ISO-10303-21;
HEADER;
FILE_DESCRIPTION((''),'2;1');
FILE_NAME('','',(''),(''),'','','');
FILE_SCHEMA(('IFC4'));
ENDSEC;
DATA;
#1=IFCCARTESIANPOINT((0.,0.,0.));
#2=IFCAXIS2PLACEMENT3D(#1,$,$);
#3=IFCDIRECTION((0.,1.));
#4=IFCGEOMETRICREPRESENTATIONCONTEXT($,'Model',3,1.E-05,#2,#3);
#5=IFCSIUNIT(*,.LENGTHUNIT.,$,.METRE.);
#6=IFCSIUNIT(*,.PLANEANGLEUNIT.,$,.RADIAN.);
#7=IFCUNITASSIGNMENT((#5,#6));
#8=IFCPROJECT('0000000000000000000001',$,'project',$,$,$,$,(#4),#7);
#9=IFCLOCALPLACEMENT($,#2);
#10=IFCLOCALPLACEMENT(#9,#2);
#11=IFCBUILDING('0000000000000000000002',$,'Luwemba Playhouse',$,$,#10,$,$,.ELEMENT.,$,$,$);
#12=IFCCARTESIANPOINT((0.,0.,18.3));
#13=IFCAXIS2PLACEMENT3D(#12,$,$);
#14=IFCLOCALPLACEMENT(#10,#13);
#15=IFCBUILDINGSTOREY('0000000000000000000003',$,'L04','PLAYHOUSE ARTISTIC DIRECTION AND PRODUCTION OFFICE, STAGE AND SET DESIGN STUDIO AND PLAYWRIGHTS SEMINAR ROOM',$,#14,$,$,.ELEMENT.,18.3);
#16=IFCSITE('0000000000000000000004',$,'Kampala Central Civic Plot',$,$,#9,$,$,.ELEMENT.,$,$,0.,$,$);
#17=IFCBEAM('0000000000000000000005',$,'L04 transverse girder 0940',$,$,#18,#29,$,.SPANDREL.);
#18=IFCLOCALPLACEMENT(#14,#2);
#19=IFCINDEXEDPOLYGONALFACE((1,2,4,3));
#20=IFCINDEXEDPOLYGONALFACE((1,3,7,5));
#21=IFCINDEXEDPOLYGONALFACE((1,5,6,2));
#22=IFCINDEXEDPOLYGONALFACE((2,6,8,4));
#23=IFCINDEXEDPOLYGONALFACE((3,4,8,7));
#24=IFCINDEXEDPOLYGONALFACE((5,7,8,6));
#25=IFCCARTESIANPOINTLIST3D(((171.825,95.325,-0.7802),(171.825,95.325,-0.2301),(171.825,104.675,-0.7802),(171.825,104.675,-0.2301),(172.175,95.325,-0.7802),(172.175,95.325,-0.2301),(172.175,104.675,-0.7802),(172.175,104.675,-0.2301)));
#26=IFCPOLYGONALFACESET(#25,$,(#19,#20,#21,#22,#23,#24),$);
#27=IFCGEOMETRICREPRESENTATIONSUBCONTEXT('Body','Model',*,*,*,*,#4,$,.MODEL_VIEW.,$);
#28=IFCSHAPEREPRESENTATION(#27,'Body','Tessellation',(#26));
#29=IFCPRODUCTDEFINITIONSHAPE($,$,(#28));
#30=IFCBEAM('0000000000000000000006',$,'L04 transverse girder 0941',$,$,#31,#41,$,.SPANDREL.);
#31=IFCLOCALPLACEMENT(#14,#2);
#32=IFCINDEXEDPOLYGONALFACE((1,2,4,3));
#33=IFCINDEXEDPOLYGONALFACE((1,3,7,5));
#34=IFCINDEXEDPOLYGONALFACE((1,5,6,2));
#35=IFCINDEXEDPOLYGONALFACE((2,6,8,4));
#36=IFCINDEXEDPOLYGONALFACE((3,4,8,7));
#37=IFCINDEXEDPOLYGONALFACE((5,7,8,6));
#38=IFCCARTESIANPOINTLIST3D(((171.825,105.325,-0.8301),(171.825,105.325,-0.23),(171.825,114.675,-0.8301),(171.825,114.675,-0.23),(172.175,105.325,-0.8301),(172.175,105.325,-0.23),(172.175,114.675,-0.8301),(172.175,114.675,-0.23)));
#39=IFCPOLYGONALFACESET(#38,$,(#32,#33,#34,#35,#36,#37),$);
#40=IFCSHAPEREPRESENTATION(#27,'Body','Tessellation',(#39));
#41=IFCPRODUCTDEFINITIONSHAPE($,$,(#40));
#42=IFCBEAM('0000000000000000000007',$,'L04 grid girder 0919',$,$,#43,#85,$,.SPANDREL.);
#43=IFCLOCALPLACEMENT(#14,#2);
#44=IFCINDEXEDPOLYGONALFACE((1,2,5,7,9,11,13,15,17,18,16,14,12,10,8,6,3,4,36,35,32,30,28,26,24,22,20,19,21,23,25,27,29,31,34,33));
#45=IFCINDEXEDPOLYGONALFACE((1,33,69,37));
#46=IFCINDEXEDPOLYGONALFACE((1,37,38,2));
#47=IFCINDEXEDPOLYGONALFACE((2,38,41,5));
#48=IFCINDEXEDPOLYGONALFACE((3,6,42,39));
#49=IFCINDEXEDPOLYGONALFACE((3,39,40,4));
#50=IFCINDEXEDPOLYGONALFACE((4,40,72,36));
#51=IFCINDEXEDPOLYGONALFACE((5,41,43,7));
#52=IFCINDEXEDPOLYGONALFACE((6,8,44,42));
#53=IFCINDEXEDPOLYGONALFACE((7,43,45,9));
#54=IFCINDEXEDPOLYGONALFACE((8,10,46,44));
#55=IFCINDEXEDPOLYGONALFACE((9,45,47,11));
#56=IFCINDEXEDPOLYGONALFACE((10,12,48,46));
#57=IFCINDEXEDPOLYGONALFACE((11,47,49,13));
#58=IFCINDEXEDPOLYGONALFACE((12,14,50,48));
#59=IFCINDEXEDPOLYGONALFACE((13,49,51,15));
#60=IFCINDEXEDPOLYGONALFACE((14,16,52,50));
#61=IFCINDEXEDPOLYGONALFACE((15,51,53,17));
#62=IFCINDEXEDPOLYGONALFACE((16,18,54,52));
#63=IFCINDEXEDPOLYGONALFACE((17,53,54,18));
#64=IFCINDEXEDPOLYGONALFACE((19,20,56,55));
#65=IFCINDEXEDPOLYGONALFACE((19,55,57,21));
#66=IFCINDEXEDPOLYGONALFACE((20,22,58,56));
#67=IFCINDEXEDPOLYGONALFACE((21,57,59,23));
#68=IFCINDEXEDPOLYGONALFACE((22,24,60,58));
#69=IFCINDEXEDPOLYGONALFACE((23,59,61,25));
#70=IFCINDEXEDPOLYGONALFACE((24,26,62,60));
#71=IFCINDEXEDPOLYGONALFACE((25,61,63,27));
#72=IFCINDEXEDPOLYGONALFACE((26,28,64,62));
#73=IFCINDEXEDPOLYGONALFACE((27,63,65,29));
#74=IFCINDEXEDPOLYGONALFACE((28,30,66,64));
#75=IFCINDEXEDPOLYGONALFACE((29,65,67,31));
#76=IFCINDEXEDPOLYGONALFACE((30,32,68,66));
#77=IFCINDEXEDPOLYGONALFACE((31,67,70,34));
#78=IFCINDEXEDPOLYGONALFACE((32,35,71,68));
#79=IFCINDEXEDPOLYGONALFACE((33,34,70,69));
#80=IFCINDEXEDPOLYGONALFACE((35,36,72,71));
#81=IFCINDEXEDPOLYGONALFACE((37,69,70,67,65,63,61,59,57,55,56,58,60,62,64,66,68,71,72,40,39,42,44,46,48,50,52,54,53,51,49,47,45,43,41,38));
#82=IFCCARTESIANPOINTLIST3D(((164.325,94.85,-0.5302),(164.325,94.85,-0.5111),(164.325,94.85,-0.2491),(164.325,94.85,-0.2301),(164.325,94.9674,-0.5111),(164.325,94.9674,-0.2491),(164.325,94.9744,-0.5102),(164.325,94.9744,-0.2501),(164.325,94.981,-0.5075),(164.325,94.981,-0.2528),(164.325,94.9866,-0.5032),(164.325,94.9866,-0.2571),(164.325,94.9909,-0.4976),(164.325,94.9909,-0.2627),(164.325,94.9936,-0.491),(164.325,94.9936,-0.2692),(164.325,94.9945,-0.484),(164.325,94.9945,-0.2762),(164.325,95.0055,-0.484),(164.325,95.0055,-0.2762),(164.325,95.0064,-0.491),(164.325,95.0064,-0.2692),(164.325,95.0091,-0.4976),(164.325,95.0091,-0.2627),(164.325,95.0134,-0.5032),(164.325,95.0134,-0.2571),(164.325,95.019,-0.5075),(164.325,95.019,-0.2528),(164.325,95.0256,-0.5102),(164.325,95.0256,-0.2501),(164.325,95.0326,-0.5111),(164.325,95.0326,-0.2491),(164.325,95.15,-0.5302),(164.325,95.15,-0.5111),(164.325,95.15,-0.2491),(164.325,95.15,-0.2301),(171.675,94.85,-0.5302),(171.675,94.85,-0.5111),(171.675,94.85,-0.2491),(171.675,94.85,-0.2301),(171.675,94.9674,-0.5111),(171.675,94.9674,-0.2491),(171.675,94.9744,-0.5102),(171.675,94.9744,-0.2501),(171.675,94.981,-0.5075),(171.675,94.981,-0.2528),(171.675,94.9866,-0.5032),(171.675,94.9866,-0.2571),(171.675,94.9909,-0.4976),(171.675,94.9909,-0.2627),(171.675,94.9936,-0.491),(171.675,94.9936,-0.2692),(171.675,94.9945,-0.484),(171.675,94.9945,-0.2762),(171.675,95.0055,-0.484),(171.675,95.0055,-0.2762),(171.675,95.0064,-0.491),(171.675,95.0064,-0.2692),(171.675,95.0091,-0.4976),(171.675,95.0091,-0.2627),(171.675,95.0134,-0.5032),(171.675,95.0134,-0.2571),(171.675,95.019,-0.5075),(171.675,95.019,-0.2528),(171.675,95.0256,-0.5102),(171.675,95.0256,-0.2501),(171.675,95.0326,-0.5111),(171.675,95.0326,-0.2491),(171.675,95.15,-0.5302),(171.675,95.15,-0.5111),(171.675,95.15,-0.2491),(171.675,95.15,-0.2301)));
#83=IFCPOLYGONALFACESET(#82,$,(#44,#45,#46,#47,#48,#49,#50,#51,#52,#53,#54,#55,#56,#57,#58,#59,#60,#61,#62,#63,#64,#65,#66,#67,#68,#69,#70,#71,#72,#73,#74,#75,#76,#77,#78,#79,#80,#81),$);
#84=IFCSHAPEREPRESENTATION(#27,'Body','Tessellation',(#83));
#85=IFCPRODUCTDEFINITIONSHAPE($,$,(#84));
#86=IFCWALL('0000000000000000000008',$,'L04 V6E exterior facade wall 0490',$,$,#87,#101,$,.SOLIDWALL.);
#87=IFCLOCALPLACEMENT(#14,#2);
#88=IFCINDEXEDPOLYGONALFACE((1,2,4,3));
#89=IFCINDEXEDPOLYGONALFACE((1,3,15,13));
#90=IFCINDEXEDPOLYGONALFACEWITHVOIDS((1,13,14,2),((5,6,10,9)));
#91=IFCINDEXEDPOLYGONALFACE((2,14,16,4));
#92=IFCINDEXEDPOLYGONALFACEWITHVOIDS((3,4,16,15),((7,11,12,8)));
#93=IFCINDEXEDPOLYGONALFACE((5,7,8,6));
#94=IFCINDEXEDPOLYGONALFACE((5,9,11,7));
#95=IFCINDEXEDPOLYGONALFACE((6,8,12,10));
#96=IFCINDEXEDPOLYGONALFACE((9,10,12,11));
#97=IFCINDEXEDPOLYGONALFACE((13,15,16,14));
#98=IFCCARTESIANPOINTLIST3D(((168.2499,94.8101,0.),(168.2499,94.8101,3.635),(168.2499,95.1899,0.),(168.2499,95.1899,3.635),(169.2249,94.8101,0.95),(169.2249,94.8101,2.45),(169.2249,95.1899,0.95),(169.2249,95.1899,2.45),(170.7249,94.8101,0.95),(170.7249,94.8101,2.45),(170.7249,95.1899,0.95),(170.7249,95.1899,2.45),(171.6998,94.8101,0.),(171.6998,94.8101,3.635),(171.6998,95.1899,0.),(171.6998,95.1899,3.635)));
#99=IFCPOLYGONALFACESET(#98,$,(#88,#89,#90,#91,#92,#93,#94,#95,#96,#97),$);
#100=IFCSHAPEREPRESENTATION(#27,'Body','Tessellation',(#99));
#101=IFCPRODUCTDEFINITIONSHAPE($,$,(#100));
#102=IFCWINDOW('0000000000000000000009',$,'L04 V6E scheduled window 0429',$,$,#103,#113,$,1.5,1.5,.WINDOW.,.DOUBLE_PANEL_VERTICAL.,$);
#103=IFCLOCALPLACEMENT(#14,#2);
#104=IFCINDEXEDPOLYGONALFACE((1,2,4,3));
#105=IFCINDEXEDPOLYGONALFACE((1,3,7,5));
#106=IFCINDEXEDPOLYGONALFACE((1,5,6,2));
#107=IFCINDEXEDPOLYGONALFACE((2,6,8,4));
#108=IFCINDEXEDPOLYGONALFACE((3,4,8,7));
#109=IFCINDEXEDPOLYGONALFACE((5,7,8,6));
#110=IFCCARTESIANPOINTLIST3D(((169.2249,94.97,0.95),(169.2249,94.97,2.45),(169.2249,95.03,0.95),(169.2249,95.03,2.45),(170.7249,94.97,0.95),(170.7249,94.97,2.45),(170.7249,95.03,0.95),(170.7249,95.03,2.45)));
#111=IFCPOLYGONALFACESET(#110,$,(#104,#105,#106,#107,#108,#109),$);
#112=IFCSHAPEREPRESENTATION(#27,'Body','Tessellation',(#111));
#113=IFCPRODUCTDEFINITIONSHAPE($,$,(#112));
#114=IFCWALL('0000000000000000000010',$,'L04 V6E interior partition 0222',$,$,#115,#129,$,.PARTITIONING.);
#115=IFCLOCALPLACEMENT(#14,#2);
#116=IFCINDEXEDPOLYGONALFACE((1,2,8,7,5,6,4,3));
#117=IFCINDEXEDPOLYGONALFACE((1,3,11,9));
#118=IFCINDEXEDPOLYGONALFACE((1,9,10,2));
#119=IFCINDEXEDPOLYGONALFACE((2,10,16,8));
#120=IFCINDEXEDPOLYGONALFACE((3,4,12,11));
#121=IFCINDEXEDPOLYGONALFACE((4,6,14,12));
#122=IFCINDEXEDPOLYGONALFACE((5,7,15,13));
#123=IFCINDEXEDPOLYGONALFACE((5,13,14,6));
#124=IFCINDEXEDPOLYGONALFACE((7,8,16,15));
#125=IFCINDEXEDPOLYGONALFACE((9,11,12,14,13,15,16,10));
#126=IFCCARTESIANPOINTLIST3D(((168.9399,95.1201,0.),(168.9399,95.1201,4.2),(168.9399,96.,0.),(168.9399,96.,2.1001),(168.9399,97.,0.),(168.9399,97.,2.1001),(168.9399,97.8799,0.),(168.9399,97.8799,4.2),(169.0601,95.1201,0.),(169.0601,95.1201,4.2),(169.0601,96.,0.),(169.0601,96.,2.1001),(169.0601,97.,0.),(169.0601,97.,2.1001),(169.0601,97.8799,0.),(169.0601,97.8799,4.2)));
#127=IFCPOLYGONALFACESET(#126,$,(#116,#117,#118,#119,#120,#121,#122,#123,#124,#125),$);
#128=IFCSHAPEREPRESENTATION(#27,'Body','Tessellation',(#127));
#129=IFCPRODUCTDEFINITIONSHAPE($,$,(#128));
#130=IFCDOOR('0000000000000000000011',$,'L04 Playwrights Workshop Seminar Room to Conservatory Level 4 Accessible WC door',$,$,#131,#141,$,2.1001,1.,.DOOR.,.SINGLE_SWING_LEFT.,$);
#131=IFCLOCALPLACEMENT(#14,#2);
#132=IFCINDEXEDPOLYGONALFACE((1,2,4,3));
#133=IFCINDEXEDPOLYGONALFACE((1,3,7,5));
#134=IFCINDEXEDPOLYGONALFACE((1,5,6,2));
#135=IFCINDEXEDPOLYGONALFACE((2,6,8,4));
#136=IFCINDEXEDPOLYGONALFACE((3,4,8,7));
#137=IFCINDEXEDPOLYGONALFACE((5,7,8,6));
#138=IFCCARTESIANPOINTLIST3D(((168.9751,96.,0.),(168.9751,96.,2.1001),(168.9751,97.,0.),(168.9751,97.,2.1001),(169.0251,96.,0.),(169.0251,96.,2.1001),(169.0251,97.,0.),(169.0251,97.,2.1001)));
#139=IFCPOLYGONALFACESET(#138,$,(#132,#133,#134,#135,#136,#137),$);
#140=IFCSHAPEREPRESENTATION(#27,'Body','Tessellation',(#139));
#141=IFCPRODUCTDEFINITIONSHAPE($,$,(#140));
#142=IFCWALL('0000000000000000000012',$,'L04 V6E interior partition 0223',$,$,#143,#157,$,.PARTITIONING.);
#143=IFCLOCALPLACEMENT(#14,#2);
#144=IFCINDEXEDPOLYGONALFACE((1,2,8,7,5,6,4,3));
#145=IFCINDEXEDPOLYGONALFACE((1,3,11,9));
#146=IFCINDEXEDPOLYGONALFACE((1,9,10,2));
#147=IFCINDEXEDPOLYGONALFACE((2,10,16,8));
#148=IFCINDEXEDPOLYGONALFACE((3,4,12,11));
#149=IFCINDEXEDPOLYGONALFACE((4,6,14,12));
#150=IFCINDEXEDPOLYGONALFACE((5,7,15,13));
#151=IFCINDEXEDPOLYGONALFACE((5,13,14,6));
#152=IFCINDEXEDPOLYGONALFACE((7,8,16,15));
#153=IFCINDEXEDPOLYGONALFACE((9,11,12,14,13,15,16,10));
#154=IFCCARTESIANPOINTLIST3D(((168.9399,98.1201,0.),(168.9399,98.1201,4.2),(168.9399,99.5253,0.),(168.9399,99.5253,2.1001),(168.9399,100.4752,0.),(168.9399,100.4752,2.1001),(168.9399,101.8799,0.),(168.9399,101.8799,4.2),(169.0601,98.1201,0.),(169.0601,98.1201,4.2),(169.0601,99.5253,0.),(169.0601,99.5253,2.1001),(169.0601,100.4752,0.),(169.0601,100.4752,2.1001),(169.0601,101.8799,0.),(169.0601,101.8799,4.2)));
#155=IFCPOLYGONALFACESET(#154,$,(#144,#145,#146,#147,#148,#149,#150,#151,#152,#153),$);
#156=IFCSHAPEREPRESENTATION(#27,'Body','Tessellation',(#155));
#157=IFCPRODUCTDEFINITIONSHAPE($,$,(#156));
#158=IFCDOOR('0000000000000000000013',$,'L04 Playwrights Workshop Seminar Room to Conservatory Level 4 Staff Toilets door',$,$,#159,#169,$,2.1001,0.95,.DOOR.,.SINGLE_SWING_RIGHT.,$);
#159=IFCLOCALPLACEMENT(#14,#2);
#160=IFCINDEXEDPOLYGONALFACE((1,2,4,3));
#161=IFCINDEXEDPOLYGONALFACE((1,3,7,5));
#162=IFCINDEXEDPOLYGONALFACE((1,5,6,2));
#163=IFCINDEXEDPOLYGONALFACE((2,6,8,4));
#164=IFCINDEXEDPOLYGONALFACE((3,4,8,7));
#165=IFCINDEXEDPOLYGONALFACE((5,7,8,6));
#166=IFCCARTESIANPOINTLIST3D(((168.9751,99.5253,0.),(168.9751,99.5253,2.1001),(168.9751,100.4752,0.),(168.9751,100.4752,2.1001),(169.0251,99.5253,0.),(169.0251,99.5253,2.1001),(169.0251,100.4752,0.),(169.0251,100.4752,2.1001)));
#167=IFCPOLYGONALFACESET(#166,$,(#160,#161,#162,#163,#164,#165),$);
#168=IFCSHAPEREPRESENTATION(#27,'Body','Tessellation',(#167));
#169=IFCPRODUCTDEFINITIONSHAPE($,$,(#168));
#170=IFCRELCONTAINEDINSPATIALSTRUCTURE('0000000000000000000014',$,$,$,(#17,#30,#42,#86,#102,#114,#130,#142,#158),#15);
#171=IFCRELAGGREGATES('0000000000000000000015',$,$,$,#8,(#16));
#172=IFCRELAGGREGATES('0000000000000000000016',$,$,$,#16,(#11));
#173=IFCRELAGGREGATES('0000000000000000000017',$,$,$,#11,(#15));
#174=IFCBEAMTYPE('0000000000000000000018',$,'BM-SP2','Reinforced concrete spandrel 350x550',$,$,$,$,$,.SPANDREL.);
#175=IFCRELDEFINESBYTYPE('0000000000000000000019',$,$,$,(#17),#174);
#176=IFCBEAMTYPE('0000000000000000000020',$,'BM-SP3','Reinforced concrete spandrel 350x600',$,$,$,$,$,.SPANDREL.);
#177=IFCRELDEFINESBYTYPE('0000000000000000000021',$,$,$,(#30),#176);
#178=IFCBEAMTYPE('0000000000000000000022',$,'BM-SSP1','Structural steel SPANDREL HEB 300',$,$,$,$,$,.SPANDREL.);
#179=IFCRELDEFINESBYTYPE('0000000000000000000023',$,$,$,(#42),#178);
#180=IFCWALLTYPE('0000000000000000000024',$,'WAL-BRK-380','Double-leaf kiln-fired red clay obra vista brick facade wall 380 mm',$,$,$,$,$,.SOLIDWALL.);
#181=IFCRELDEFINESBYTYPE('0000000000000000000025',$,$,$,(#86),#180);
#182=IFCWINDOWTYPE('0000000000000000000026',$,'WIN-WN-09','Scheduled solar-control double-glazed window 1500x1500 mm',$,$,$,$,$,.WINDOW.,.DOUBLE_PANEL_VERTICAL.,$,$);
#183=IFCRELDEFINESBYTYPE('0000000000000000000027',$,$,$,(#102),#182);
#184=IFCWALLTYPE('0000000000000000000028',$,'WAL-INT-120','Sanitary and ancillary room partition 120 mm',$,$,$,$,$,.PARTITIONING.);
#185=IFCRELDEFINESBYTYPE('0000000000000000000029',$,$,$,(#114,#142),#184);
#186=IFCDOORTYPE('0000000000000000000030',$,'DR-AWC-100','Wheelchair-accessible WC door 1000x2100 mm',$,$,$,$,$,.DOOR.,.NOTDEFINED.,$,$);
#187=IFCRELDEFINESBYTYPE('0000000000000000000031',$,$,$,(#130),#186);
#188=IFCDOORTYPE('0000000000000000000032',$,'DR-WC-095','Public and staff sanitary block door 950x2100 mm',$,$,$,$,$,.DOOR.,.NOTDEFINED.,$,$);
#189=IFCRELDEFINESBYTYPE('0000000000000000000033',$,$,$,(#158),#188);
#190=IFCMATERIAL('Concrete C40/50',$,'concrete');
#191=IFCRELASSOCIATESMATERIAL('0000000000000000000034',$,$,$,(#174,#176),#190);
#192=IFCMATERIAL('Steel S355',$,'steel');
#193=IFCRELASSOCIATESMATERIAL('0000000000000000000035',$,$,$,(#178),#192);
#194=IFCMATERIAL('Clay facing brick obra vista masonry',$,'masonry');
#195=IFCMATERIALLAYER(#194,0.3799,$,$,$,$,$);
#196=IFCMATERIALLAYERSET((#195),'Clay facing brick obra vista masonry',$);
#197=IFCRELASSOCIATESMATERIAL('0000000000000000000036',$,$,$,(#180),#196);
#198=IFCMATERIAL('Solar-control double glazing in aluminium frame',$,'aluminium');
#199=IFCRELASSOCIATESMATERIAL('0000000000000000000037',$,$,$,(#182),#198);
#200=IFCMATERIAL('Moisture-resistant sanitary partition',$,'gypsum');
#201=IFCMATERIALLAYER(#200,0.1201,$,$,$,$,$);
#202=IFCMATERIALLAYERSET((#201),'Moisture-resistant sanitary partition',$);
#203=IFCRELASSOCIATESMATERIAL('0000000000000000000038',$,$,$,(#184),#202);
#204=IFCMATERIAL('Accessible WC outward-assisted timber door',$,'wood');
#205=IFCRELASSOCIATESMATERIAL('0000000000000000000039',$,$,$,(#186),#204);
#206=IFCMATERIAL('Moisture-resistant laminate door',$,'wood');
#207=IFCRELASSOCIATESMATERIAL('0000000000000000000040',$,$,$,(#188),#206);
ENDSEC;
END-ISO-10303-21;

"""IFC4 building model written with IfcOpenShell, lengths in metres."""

from ifc_helpers import new_model, si_unit, direction, frame, frame_2d, origin, origin_2d, place, context, subcontext, project, spatial, rectangle, i_section, extrude, material, layer, layer_set, material_profile, profile_set, type_object, element, fill, save


model = new_model("IFC4")

# Units and contexts
model_context = context("Model", 3, precision=1e-05, world=origin(), true_north=direction((0.0, 1.0)))
body_context = subcontext(model_context, "Body", "Model", "MODEL_VIEW")
ifc_project = project(units=[si_unit("LENGTHUNIT", "METRE"), si_unit("PLANEANGLEUNIT", "RADIAN")], contexts=[model_context])

# Site, building, storey
site_placement = place(None, origin())
site = spatial("IfcSite", under=ifc_project, at=site_placement, Name="Kampala Central Civic Plot", CompositionType="ELEMENT", RefElevation=0.0)
building_placement = place(site_placement, origin())
building = spatial("IfcBuilding", under=site, at=building_placement, Name="Luwemba Playhouse", CompositionType="ELEMENT")
storey_placement = place(building_placement, frame((0.0, 0.0, 18.3)))
storey = spatial("IfcBuildingStorey", under=building, at=storey_placement, Name="L04", Description="PLAYHOUSE ARTISTIC DIRECTION AND PRODUCTION OFFICE, STAGE AND SET DESIGN STUDIO AND PLAYWRIGHTS SEMINAR ROOM", CompositionType="ELEMENT", Elevation=18.3)

# Shared definitions
ifc_material_1 = material(Name="Concrete C40/50", Category="concrete")

# Beams
ifc_material_2 = material(Name="Steel S355", Category="steel")
ifc_material_profile_1 = material_profile(ifc_material_1, rectangle(XDim=0.3501, YDim=0.55, at=origin_2d()))
ifc_profile_set_1 = profile_set([ifc_material_profile_1], Name="Concrete C40/50")
beam_type_1 = type_object("IfcBeamType", Name="BM-SP2", Description="Reinforced concrete spandrel 350x550", PredefinedType="SPANDREL", material=ifc_profile_set_1)
beam_1_placement = place(storey_placement, frame((172.0, 95.325, -0.5051), z_axis=(0.0, 1.0, 0.0), x_axis=(-1.0, 0.0, 0.0)))
element("IfcBeam", 1, at=beam_1_placement, inside=storey, type_object=beam_type_1, Name="L04 transverse girder 0940", PredefinedType="SPANDREL", context=body_context, shape_type="SweptSolid", body=[
    extrude(rectangle(XDim=0.3501, YDim=0.55, at=origin_2d()), origin(), (0.0, 0.0, 1.0), 9.3501),
])
ifc_material_profile_2 = material_profile(ifc_material_1, rectangle(XDim=0.3501, YDim=0.6001, at=origin_2d()))
ifc_profile_set_2 = profile_set([ifc_material_profile_2], Name="Concrete C40/50")
beam_type_2 = type_object("IfcBeamType", Name="BM-SP3", Description="Reinforced concrete spandrel 350x600", PredefinedType="SPANDREL", material=ifc_profile_set_2)
beam_2_placement = place(storey_placement, frame((172.0, 105.325, -0.53), z_axis=(0.0, 1.0, 0.0), x_axis=(-1.0, 0.0, 0.0)))
element("IfcBeam", 2, at=beam_2_placement, inside=storey, type_object=beam_type_2, Name="L04 transverse girder 0941", PredefinedType="SPANDREL", context=body_context, shape_type="SweptSolid", body=[
    extrude(rectangle(XDim=0.3501, YDim=0.6001, at=origin_2d()), origin(), (0.0, 0.0, 1.0), 9.3501),
])
ifc_material_profile_3 = material_profile(ifc_material_2, i_section(OverallWidth=0.3, OverallDepth=0.3, WebThickness=0.011, FlangeThickness=0.019, FilletRadius=0.0271, at=origin_2d()))
ifc_profile_set_3 = profile_set([ifc_material_profile_3], Name="Steel S355")
beam_type_3 = type_object("IfcBeamType", Name="BM-SSP1", Description="Structural steel SPANDREL HEB 300", PredefinedType="SPANDREL", material=ifc_profile_set_3)
beam_3_placement = place(storey_placement, frame((164.325, 95.0, -0.3801), z_axis=(1.0, 0.0, 0.0), x_axis=(0.0, 1.0, 0.0)))
element("IfcBeam", 3, at=beam_3_placement, inside=storey, type_object=beam_type_3, Name="L04 grid girder 0919", PredefinedType="SPANDREL", context=body_context, shape_type="SweptSolid", body=[
    extrude(i_section(OverallWidth=0.3, OverallDepth=0.3, WebThickness=0.011, FlangeThickness=0.019, FilletRadius=0.0271, at=origin_2d()), origin(), (0.0, 0.0, 1.0), 7.3501),
])

# Wall, opening, window
ifc_material_3 = material(Name="Clay facing brick obra vista masonry", Category="masonry")
ifc_layer_1 = layer(ifc_material_3, 0.3799)
ifc_layer_set_1 = layer_set([ifc_layer_1], Name="Clay facing brick obra vista masonry")
wall_type_1 = type_object("IfcWallType", Name="WAL-BRK-380", Description="Double-leaf kiln-fired red clay obra vista brick facade wall 380 mm", PredefinedType="SOLIDWALL", material=ifc_layer_set_1)
wall_1_placement = place(storey_placement, frame((171.7, 95.0, 0.0), z_axis=(0.0, 0.0, 1.0), x_axis=(-1.0, 0.0, 0.0)))
wall_1 = element("IfcWall", 4, at=wall_1_placement, inside=storey, type_object=wall_type_1, Name="L04 V6E exterior facade wall 0490", PredefinedType="SOLIDWALL", context=body_context, shape_type="SweptSolid", body=[
    extrude(rectangle(XDim=3.45, YDim=0.3799, at=frame_2d((1.7251, 0.0))), origin(), (0.0, 0.0, 1.0), 3.635),
])
opening_1_placement = place(wall_1_placement, frame((0.9751, 0.0, 0.95)))
opening_1 = element("IfcOpeningElement", 5, at=opening_1_placement, cuts=wall_1, PredefinedType="OPENING", context=body_context, shape_type="SweptSolid", body=[
    extrude(rectangle(XDim=1.5, YDim=1.5, at=frame_2d((0.75, 0.75))), frame((0.0, 0.2, 0.0), z_axis=(0.0, -1.0, 0.0), x_axis=(1.0, 0.0, 0.0)), (0.0, 0.0, 1.0), 0.3999),
])
ifc_material_4 = material(Name="Solar-control double glazing in aluminium frame", Category="aluminium")
window_type_1 = type_object("IfcWindowType", Name="WIN-WN-09", Description="Scheduled solar-control double-glazed window 1500x1500 mm", PartitioningType="DOUBLE_PANEL_VERTICAL", PredefinedType="WINDOW", material=ifc_material_4)
window_1_placement = place(opening_1_placement, origin())
window_1 = element("IfcWindow", 6, at=window_1_placement, inside=storey, type_object=window_type_1, Name="L04 V6E scheduled window 0429", OverallHeight=1.5, OverallWidth=1.5, PartitioningType="DOUBLE_PANEL_VERTICAL", PredefinedType="WINDOW", context=body_context, shape_type="SweptSolid", body=[
    extrude(rectangle(XDim=1.5, YDim=1.5, at=frame_2d((0.75, 0.75))), frame((0.0, 0.03, 0.0), z_axis=(0.0, -1.0, 0.0), x_axis=(1.0, 0.0, 0.0)), (0.0, 0.0, 1.0), 0.0601),
])
fill(opening_1, window_1)

# Walls, openings, doors
ifc_material_5 = material(Name="Moisture-resistant sanitary partition", Category="gypsum")
ifc_layer_2 = layer(ifc_material_5, 0.1201)
ifc_layer_set_2 = layer_set([ifc_layer_2], Name="Moisture-resistant sanitary partition")
wall_type_2 = type_object("IfcWallType", Name="WAL-INT-120", Description="Sanitary and ancillary room partition 120 mm", PredefinedType="PARTITIONING", material=ifc_layer_set_2)
wall_2_placement = place(storey_placement, frame((169.0, 95.1201, 0.0), z_axis=(0.0, 0.0, 1.0), x_axis=(0.0, 1.0, 0.0)))
wall_2 = element("IfcWall", 7, at=wall_2_placement, inside=storey, type_object=wall_type_2, Name="L04 V6E interior partition 0222", PredefinedType="PARTITIONING", context=body_context, shape_type="SweptSolid", body=[
    extrude(rectangle(XDim=2.7598, YDim=0.1201, at=frame_2d((1.3799, 0.0))), origin(), (0.0, 0.0, 1.0), 4.2),
])
opening_2_placement = place(wall_2_placement, frame((0.8799, 0.0, 0.0)))
opening_2 = element("IfcOpeningElement", 8, at=opening_2_placement, cuts=wall_2, PredefinedType="OPENING", context=body_context, shape_type="SweptSolid", body=[
    extrude(rectangle(XDim=1.0, YDim=2.1001, at=frame_2d((0.5, 1.05))), frame((0.0, 0.0701, 0.0), z_axis=(0.0, -1.0, 0.0), x_axis=(1.0, 0.0, 0.0)), (0.0, 0.0, 1.0), 0.1401),
])
ifc_material_6 = material(Name="Accessible WC outward-assisted timber door", Category="wood")
door_type_1 = type_object("IfcDoorType", Name="DR-AWC-100", Description="Wheelchair-accessible WC door 1000x2100 mm", OperationType="NOTDEFINED", PredefinedType="DOOR", material=ifc_material_6)
door_1_placement = place(opening_2_placement, origin())
door_1 = element("IfcDoor", 9, at=door_1_placement, inside=storey, type_object=door_type_1, Name="L04 Playwrights Workshop Seminar Room to Conservatory Level 4 Accessible WC door", OperationType="SINGLE_SWING_LEFT", OverallHeight=2.1001, OverallWidth=1.0, PredefinedType="DOOR", context=body_context, shape_type="SweptSolid", body=[
    extrude(rectangle(XDim=1.0, YDim=2.1001, at=frame_2d((0.5, 1.05))), frame((0.0, 0.0249, 0.0), z_axis=(0.0, -1.0, 0.0), x_axis=(1.0, 0.0, 0.0)), (0.0, 0.0, 1.0), 0.05),
])
fill(opening_2, door_1)
wall_3_placement = place(storey_placement, frame((169.0, 98.1201, 0.0), z_axis=(0.0, 0.0, 1.0), x_axis=(0.0, 1.0, 0.0)))
wall_3 = element("IfcWall", 10, at=wall_3_placement, inside=storey, type_object=wall_type_2, Name="L04 V6E interior partition 0223", PredefinedType="PARTITIONING", context=body_context, shape_type="SweptSolid", body=[
    extrude(rectangle(XDim=3.7598, YDim=0.1201, at=frame_2d((1.8799, 0.0))), origin(), (0.0, 0.0, 1.0), 4.2),
])
opening_3_placement = place(wall_3_placement, frame((1.405, 0.0, 0.0)))
opening_3 = element("IfcOpeningElement", 11, at=opening_3_placement, cuts=wall_3, PredefinedType="OPENING", context=body_context, shape_type="SweptSolid", body=[
    extrude(rectangle(XDim=0.95, YDim=2.1001, at=frame_2d((0.4751, 1.05))), frame((0.0, 0.0701, 0.0), z_axis=(0.0, -1.0, 0.0), x_axis=(1.0, 0.0, 0.0)), (0.0, 0.0, 1.0), 0.1401),
])
ifc_material_7 = material(Name="Moisture-resistant laminate door", Category="wood")
door_type_2 = type_object("IfcDoorType", Name="DR-WC-095", Description="Public and staff sanitary block door 950x2100 mm", OperationType="NOTDEFINED", PredefinedType="DOOR", material=ifc_material_7)
door_2_placement = place(opening_3_placement, origin())
door_2 = element("IfcDoor", 12, at=door_2_placement, inside=storey, type_object=door_type_2, Name="L04 Playwrights Workshop Seminar Room to Conservatory Level 4 Staff Toilets door", OperationType="SINGLE_SWING_RIGHT", OverallHeight=2.1001, OverallWidth=0.95, PredefinedType="DOOR", context=body_context, shape_type="SweptSolid", body=[
    extrude(rectangle(XDim=0.95, YDim=2.1001, at=frame_2d((0.4751, 1.05))), frame((0.0, 0.0249, 0.0), z_axis=(0.0, -1.0, 0.0), x_axis=(1.0, 0.0, 0.0)), (0.0, 0.0, 1.0), 0.05),
])
fill(opening_3, door_2)

save(model, "model.ifc")
